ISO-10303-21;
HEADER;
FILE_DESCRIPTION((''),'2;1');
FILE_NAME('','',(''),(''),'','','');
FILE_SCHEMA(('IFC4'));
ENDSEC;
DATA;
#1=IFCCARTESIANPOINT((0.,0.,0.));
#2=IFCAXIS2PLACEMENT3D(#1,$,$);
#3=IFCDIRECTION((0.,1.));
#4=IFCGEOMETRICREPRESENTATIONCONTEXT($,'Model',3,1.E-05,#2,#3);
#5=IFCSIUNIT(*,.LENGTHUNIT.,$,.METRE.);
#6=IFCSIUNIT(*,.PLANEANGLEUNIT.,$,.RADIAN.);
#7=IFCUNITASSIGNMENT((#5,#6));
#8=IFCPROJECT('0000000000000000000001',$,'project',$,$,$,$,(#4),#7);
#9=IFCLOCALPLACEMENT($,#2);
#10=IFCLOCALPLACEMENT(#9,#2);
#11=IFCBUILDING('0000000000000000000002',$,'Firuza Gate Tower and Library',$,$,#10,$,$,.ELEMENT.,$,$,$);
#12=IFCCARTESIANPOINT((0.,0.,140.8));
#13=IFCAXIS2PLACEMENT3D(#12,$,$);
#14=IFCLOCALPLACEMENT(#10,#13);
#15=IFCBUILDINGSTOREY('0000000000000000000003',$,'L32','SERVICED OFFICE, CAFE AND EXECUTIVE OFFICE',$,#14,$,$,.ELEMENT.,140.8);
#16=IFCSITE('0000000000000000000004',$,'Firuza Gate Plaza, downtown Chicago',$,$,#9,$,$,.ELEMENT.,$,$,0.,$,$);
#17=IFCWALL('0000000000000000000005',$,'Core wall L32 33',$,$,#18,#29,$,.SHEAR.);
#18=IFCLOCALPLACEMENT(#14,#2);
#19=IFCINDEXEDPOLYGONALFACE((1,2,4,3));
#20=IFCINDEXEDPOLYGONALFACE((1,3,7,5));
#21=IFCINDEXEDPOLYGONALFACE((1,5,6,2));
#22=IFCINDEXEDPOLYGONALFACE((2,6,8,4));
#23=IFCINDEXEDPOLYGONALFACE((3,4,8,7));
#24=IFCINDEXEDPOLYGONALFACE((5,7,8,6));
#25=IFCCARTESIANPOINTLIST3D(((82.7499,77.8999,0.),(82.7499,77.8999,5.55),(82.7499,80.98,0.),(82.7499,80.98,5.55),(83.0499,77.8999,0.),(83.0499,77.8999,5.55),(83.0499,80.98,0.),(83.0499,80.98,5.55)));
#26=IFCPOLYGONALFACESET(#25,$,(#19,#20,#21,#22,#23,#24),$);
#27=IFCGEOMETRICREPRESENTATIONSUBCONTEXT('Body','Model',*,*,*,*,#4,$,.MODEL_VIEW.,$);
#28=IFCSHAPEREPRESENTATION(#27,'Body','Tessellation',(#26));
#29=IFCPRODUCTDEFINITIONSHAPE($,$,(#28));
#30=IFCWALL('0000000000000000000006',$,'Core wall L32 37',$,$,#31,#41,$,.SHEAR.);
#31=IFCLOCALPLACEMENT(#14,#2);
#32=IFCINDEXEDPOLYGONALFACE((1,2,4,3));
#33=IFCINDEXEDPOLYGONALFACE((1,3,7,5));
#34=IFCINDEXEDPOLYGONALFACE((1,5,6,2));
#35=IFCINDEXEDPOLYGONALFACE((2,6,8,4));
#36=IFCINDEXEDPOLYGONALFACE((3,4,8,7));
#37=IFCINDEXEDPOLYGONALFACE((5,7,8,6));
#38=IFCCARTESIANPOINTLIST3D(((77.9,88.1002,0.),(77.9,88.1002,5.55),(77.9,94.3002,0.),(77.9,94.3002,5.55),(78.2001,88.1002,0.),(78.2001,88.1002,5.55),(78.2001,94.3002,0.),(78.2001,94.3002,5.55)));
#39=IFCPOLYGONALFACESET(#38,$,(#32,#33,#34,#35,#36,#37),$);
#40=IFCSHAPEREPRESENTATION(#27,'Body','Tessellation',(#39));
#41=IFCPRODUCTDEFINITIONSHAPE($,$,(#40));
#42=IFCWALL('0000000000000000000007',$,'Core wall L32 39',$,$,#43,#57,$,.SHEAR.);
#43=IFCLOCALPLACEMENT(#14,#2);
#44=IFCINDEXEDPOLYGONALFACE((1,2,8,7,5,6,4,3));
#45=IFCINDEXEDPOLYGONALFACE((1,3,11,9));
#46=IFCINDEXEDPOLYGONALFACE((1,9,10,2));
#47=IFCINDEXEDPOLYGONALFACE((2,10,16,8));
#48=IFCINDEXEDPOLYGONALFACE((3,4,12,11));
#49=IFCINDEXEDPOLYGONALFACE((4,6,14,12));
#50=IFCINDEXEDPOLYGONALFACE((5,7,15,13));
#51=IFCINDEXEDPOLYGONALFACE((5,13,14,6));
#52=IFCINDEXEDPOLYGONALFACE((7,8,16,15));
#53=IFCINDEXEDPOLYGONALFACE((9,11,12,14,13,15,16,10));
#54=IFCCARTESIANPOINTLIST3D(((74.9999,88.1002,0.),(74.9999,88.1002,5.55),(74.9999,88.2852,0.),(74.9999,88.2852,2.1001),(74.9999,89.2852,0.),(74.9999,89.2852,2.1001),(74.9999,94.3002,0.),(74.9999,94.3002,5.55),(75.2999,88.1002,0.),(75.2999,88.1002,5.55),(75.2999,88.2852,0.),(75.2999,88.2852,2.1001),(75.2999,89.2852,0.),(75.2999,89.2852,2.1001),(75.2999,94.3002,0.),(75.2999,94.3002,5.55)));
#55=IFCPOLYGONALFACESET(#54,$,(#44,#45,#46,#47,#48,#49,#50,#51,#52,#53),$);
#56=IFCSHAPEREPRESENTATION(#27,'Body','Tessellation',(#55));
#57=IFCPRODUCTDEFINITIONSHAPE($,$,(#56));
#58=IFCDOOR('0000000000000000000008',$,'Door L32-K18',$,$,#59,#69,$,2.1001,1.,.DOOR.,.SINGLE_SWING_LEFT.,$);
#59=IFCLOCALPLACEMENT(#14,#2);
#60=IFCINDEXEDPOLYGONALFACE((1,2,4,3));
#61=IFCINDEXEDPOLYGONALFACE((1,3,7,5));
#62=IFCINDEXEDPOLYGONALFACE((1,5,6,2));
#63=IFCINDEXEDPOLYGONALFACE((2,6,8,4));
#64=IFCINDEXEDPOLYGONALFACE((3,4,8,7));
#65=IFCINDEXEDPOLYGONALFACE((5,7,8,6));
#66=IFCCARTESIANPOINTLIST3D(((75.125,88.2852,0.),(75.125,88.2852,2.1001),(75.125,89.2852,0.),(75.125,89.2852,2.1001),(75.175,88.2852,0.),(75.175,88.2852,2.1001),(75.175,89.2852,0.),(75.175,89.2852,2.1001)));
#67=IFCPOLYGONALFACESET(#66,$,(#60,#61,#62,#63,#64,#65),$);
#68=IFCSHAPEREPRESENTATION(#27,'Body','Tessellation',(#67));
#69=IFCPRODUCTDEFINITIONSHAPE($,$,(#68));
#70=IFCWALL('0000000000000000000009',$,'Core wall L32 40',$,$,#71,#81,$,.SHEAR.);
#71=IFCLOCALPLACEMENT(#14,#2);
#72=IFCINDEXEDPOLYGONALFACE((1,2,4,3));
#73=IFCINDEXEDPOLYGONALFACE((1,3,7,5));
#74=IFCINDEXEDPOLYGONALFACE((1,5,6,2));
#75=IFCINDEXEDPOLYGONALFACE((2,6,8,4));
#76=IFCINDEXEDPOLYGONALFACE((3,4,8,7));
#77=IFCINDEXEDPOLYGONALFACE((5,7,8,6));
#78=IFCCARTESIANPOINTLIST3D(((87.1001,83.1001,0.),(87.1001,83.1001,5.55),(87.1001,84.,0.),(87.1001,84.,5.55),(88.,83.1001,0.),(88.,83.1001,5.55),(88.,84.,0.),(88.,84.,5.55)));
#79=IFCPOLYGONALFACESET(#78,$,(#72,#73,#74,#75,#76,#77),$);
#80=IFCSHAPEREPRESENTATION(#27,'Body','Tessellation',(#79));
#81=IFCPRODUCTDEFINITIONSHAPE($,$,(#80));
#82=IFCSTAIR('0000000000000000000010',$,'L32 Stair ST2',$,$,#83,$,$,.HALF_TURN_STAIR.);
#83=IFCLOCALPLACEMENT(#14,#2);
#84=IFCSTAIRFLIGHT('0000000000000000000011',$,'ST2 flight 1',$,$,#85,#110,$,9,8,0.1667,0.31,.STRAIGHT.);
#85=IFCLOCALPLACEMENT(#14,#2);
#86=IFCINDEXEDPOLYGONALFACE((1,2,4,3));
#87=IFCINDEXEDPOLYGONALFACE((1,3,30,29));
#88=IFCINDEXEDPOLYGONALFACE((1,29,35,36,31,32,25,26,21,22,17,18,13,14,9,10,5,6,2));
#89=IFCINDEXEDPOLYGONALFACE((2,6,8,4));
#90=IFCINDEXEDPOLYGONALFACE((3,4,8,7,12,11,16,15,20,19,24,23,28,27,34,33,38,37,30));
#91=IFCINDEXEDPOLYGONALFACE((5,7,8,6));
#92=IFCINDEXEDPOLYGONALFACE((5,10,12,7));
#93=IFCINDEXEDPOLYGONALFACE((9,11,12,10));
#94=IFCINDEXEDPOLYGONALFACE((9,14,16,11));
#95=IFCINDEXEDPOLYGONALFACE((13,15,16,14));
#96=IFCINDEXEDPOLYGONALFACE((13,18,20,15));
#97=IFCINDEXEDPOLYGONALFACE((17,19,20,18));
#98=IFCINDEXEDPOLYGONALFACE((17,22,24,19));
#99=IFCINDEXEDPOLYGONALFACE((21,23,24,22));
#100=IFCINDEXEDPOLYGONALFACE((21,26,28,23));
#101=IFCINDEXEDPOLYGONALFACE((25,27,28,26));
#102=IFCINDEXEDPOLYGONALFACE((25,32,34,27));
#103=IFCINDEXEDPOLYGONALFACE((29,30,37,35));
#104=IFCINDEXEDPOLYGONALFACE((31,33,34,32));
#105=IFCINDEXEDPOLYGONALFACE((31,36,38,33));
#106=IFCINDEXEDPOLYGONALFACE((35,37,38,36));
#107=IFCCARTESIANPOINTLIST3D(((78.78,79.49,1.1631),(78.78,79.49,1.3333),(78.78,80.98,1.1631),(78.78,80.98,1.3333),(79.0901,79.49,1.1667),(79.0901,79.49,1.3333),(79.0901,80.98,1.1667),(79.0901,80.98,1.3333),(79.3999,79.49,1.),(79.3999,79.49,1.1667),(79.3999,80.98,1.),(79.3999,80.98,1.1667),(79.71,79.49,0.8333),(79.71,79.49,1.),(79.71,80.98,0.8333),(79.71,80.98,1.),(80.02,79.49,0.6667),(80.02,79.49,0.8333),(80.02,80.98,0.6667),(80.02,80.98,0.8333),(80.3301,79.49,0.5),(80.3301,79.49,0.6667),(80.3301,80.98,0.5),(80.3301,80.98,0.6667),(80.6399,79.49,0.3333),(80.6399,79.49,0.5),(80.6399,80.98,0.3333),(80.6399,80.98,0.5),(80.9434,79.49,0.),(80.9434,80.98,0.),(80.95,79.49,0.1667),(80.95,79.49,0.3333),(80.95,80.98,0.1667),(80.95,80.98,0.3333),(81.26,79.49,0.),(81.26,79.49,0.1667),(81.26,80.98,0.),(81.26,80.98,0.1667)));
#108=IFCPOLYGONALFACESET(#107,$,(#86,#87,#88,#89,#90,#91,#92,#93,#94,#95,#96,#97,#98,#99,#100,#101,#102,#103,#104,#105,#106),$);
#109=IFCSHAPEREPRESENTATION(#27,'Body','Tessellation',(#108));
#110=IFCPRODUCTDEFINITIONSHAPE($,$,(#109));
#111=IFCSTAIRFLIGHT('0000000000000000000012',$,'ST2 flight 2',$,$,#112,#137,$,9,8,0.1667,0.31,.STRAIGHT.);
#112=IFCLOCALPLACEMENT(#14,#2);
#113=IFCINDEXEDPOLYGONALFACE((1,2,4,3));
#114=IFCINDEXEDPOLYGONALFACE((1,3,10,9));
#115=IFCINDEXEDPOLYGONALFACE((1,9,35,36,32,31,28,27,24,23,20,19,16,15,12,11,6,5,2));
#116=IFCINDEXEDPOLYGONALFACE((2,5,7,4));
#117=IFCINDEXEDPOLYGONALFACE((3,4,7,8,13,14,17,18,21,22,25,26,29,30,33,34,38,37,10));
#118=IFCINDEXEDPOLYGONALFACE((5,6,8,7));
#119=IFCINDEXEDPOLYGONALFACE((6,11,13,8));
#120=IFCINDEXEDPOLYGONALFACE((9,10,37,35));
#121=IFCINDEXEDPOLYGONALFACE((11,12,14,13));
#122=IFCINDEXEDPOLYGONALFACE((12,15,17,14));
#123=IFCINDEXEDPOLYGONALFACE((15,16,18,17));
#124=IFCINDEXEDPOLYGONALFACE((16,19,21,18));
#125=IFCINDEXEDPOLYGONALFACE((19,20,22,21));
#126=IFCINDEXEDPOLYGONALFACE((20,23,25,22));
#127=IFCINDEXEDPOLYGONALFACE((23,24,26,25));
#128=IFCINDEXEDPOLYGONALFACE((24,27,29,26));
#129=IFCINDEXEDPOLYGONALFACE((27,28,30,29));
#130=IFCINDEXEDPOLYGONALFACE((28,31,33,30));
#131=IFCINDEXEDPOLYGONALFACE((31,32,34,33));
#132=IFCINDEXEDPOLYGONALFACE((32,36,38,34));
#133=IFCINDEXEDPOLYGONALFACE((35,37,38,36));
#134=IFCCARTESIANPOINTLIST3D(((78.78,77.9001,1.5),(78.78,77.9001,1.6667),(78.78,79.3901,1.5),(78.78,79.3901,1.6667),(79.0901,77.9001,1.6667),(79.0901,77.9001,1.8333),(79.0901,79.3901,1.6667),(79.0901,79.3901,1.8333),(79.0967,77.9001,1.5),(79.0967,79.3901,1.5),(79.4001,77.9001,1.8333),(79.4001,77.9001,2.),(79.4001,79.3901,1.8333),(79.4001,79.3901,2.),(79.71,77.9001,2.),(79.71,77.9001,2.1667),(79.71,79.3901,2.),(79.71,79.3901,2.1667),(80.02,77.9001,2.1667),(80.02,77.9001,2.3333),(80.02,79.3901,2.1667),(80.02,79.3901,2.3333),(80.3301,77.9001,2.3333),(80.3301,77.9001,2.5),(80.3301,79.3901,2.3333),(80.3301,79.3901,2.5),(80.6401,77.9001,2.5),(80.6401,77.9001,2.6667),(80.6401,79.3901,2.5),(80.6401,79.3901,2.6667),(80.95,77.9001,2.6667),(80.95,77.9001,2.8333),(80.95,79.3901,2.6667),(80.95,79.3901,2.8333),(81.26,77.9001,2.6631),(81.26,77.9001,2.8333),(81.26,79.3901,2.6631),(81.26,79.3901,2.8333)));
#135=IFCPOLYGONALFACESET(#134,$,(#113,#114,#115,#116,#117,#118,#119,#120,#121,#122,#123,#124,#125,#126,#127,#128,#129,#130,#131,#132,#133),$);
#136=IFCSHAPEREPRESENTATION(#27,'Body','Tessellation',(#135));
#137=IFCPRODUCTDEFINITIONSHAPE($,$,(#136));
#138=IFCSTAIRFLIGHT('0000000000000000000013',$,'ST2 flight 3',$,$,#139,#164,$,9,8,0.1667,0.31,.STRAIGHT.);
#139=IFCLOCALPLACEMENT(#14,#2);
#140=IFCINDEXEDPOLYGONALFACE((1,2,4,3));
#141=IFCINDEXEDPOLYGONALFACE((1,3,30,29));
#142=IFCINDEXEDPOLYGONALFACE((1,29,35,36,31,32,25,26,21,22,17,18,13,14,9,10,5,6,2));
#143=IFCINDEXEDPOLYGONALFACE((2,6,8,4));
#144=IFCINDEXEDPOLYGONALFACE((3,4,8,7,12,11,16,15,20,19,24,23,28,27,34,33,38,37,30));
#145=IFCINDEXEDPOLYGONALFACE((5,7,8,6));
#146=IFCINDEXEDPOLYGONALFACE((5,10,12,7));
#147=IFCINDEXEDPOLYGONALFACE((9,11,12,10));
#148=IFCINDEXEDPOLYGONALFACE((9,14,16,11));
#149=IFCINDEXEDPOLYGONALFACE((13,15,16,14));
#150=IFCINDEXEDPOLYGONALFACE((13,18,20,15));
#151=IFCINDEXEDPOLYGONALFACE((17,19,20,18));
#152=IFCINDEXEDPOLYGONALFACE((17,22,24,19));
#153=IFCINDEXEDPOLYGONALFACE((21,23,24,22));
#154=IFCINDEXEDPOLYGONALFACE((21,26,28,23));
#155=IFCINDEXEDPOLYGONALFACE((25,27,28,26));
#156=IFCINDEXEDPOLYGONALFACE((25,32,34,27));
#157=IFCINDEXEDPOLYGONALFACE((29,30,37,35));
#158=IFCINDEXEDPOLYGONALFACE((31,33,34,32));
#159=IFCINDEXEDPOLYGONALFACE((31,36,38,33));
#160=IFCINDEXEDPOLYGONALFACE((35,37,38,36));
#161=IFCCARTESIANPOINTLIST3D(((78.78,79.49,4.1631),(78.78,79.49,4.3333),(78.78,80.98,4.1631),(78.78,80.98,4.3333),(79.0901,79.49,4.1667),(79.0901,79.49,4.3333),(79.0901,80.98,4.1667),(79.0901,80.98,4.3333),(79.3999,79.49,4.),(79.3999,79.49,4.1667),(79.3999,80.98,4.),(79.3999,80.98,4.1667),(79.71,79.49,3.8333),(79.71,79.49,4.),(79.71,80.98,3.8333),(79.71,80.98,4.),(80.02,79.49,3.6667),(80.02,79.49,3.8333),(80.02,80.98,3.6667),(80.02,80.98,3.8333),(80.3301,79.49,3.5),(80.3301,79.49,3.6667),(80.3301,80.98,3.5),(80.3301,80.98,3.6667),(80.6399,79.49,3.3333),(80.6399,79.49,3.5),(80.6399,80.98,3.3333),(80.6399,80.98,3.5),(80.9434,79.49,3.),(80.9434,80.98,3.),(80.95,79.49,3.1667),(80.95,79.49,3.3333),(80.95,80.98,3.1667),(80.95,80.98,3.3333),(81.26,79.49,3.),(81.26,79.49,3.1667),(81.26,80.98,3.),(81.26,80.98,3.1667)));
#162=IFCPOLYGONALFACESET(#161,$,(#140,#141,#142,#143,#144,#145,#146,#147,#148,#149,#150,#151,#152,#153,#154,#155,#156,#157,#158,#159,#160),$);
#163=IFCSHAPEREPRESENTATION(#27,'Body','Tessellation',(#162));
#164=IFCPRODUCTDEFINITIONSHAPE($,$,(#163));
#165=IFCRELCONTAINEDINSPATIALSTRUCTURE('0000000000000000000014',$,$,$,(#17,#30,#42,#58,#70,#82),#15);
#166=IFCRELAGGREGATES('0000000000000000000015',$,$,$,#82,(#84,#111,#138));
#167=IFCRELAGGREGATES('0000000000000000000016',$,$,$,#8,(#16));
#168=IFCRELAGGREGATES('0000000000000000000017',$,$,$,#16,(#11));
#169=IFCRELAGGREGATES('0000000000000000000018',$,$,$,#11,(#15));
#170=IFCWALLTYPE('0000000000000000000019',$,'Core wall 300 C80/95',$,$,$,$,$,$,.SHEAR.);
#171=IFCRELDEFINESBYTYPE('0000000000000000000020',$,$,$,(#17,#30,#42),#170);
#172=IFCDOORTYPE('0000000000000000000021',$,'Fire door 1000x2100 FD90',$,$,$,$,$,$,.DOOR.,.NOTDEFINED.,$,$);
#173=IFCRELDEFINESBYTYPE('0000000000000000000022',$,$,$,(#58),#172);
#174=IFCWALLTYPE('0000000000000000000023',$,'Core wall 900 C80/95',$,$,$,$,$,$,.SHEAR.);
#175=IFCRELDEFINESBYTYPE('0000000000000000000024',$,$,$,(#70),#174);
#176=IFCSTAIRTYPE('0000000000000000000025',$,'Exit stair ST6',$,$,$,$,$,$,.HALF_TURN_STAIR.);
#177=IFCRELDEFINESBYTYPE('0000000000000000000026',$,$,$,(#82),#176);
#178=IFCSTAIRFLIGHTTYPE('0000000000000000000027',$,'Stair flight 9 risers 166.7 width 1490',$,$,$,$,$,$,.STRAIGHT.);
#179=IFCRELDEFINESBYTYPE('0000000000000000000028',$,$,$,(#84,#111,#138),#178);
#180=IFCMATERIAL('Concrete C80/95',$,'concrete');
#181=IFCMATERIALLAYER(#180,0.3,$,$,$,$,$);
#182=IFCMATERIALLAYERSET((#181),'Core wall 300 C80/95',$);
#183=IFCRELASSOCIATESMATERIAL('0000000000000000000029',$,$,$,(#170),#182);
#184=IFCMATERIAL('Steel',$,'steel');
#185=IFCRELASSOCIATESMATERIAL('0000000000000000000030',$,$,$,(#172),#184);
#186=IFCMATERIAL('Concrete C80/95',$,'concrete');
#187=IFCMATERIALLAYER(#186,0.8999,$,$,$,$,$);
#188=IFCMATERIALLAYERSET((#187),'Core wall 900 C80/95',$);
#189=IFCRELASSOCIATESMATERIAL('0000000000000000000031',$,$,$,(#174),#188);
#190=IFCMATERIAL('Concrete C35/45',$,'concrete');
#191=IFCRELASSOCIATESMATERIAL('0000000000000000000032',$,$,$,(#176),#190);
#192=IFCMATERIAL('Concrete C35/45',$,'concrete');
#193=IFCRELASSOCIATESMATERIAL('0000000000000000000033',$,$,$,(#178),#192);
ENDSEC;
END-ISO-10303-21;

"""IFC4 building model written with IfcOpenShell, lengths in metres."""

from ifc_helpers import new_model, si_unit, direction, frame, frame_2d, origin, place, context, subcontext, project, spatial, polyline, rectangle, outline, extrude, material, layer, layer_set, type_object, element, fill, aggregate, save


model = new_model("IFC4")

# Units and contexts
model_context = context("Model", 3, precision=1e-05, world=origin(), true_north=direction((0.0, 1.0)))
body_context = subcontext(model_context, "Body", "Model", "MODEL_VIEW")
ifc_project = project(units=[si_unit("LENGTHUNIT", "METRE"), si_unit("PLANEANGLEUNIT", "RADIAN")], contexts=[model_context])

# Site, building, storey
site_placement = place(None, origin())
site = spatial("IfcSite", under=ifc_project, at=site_placement, Name="Firuza Gate Plaza, downtown Chicago", CompositionType="ELEMENT", RefElevation=0.0)
building_placement = place(site_placement, origin())
building = spatial("IfcBuilding", under=site, at=building_placement, Name="Firuza Gate Tower and Library", CompositionType="ELEMENT")
storey_placement = place(building_placement, frame((0.0, 0.0, 140.8)))
storey = spatial("IfcBuildingStorey", under=building, at=storey_placement, Name="L32", Description="SERVICED OFFICE, CAFE AND EXECUTIVE OFFICE", CompositionType="ELEMENT", Elevation=140.8)

# Shared definitions
ifc_material_1 = material(Name="Concrete C80/95", Category="concrete")
ifc_layer_1 = layer(ifc_material_1, 0.3)
ifc_layer_set_1 = layer_set([ifc_layer_1], Name="Core wall 300 C80/95")
wall_type_1 = type_object("IfcWallType", Name="Core wall 300 C80/95", PredefinedType="SHEAR", material=ifc_layer_set_1)

# Shared definitions
ifc_material_2 = material(Name="Steel", Category="steel")
door_type = type_object("IfcDoorType", Name="Fire door 1000x2100 FD90", OperationType="NOTDEFINED", PredefinedType="DOOR", material=ifc_material_2)

# Walls
for number, where, z_axis, x_axis, name in (
    (1, (82.8999, 77.8999, 0.0), (0.0, 0.0, 1.0), (0.0, 1.0, 0.0), "Core wall L32 33"),
):
    element("IfcWall", number, at=place(storey_placement, frame(where, z_axis=z_axis, x_axis=x_axis)), inside=storey, type_object=wall_type_1, Name=name, PredefinedType="SHEAR", context=body_context, shape_type="SweptSolid", body=[
        extrude(rectangle(XDim=3.0801, YDim=0.3, at=frame_2d((1.54, 0.0))), origin(), (0.0, 0.0, 1.0), 5.55),
    ])
wall_1_placement = place(storey_placement, frame((78.05, 88.1001, 0.0), z_axis=(0.0, 0.0, 1.0), x_axis=(0.0, 1.0, 0.0)))
element("IfcWall", 2, at=wall_1_placement, inside=storey, type_object=wall_type_1, Name="Core wall L32 37", PredefinedType="SHEAR", context=body_context, shape_type="SweptSolid", body=[
    extrude(rectangle(XDim=6.2, YDim=0.3, at=frame_2d((3.1001, 0.0))), origin(), (0.0, 0.0, 1.0), 5.55),
])

# Wall, opening, door
wall_2_placement = place(storey_placement, frame((75.1499, 88.1001, 0.0), z_axis=(0.0, 0.0, 1.0), x_axis=(0.0, 1.0, 0.0)))
wall_2 = element("IfcWall", 3, at=wall_2_placement, inside=storey, type_object=wall_type_1, Name="Core wall L32 39", PredefinedType="SHEAR", context=body_context, shape_type="SweptSolid", body=[
    extrude(rectangle(XDim=6.2, YDim=0.3, at=frame_2d((3.1001, 0.0))), origin(), (0.0, 0.0, 1.0), 5.55),
])
opening_1_placement = place(wall_2_placement, frame((0.1851, 0.0, 0.0)))
opening_1 = element("IfcOpeningElement", 4, at=opening_1_placement, cuts=wall_2, PredefinedType="OPENING", context=body_context, shape_type="SweptSolid", body=[
    extrude(rectangle(XDim=1.0, YDim=2.1001, at=frame_2d((0.5, 1.05))), frame((0.0, 0.1602, 0.0), z_axis=(0.0, -1.0, 0.0), x_axis=(1.0, 0.0, 0.0)), (0.0, 0.0, 1.0), 0.3201),
])
door_1_placement = place(opening_1_placement, origin())
door_1 = element("IfcDoor", 5, at=door_1_placement, inside=storey, type_object=door_type, Name="Door L32-K18", OperationType="SINGLE_SWING_LEFT", OverallHeight=2.1001, OverallWidth=1.0, PredefinedType="DOOR", context=body_context, shape_type="SweptSolid", body=[
    extrude(rectangle(XDim=1.0, YDim=2.1001, at=frame_2d((0.5, 1.05))), frame((0.0, 0.0249, 0.0), z_axis=(0.0, -1.0, 0.0), x_axis=(1.0, 0.0, 0.0)), (0.0, 0.0, 1.0), 0.05),
])
fill(opening_1, door_1)

# Wall
ifc_material_3 = material(Name="Concrete C80/95", Category="concrete")
ifc_layer_2 = layer(ifc_material_3, 0.8999)
ifc_layer_set_2 = layer_set([ifc_layer_2], Name="Core wall 900 C80/95")
wall_type_2 = type_object("IfcWallType", Name="Core wall 900 C80/95", PredefinedType="SHEAR", material=ifc_layer_set_2)
wall_3_placement = place(storey_placement, frame((87.1001, 83.55, 0.0), z_axis=(0.0, 0.0, 1.0), x_axis=(1.0, 0.0, 0.0)))
element("IfcWall", 6, at=wall_3_placement, inside=storey, type_object=wall_type_2, Name="Core wall L32 40", PredefinedType="SHEAR", context=body_context, shape_type="SweptSolid", body=[
    extrude(rectangle(XDim=0.8999, YDim=0.8999, at=frame_2d((0.45, 0.0))), origin(), (0.0, 0.0, 1.0), 5.55),
])

# Stair, stair flights
ifc_material_4 = material(Name="Concrete C35/45", Category="concrete")
stair_type = type_object("IfcStairType", Name="Exit stair ST6", PredefinedType="HALF_TURN_STAIR", material=ifc_material_4)
stair_placement = place(storey_placement, origin())
stair = element("IfcStair", 7, at=stair_placement, inside=storey, type_object=stair_type, Name="L32 Stair ST2", PredefinedType="HALF_TURN_STAIR")
ifc_material_5 = material(Name="Concrete C35/45", Category="concrete")
stair_flight_type = type_object("IfcStairFlightType", Name="Stair flight 9 risers 166.7 width 1490", PredefinedType="STRAIGHT", material=ifc_material_5)
stair_flight_1_placement = place(storey_placement, frame((81.26, 80.2351, 0.0), z_axis=(0.0, 0.0, 1.0), x_axis=(-1.0, 0.0, 0.0)))
stair_flight_1 = element("IfcStairFlight", 8, at=stair_flight_1_placement, type_object=stair_flight_type, Name="ST2 flight 1", NumberOfRisers=9, NumberOfTreads=8, PredefinedType="STRAIGHT", RiserHeight=0.1667, TreadLength=0.31, context=body_context, shape_type="SweptSolid", body=[
    extrude(outline(polyline([(0.0, 0.0), (0.0, 0.1667), (0.3101, 0.1667), (0.3101, 0.3333), (0.6201, 0.3333), (0.6201, 0.5), (0.9299, 0.5), (0.9299, 0.6667), (1.24, 0.6667), (1.24, 0.8333), (1.55, 0.8333), (1.55, 1.0), (1.8601, 1.0), (1.8601, 1.1667), (2.1699, 1.1667), (2.1699, 1.3333), (2.48, 1.3333), (2.48, 1.5), (2.48, 1.1631), (0.3167, 0.0), (0.0, 0.0)])), frame((0.0, 0.7451, 0.0), z_axis=(0.0, -1.0, 0.0), x_axis=(1.0, 0.0, 0.0)), (0.0, 0.0, 1.0), 1.49),
])
stair_flight_2_placement = place(storey_placement, frame((78.78, 78.645, 1.5), z_axis=(0.0, 0.0, 1.0), x_axis=(1.0, 0.0, 0.0)))
stair_flight_2 = element("IfcStairFlight", 9, at=stair_flight_2_placement, type_object=stair_flight_type, Name="ST2 flight 2", NumberOfRisers=9, NumberOfTreads=8, PredefinedType="STRAIGHT", RiserHeight=0.1667, TreadLength=0.31, context=body_context, shape_type="SweptSolid", body=[
    extrude(outline(polyline([(0.0, 0.0), (0.0, 0.1667), (0.3101, 0.1667), (0.3101, 0.3333), (0.6201, 0.3333), (0.6201, 0.5), (0.9299, 0.5), (0.9299, 0.6667), (1.24, 0.6667), (1.24, 0.8333), (1.55, 0.8333), (1.55, 1.0), (1.8601, 1.0), (1.8601, 1.1667), (2.1699, 1.1667), (2.1699, 1.3333), (2.48, 1.3333), (2.48, 1.5), (2.48, 1.1631), (0.3167, 0.0), (0.0, 0.0)])), frame((0.0, 0.7451, 0.0), z_axis=(0.0, -1.0, 0.0), x_axis=(1.0, 0.0, 0.0)), (0.0, 0.0, 1.0), 1.49),
])
stair_flight_3_placement = place(storey_placement, frame((81.26, 80.2351, 3.0), z_axis=(0.0, 0.0, 1.0), x_axis=(-1.0, 0.0, 0.0)))
stair_flight_3 = element("IfcStairFlight", 10, at=stair_flight_3_placement, type_object=stair_flight_type, Name="ST2 flight 3", NumberOfRisers=9, NumberOfTreads=8, PredefinedType="STRAIGHT", RiserHeight=0.1667, TreadLength=0.31, context=body_context, shape_type="SweptSolid", body=[
    extrude(outline(polyline([(0.0, 0.0), (0.0, 0.1667), (0.3101, 0.1667), (0.3101, 0.3333), (0.6201, 0.3333), (0.6201, 0.5), (0.9299, 0.5), (0.9299, 0.6667), (1.24, 0.6667), (1.24, 0.8333), (1.55, 0.8333), (1.55, 1.0), (1.8601, 1.0), (1.8601, 1.1667), (2.1699, 1.1667), (2.1699, 1.3333), (2.48, 1.3333), (2.48, 1.5), (2.48, 1.1631), (0.3167, 0.0), (0.0, 0.0)])), frame((0.0, 0.7451, 0.0), z_axis=(0.0, -1.0, 0.0), x_axis=(1.0, 0.0, 0.0)), (0.0, 0.0, 1.0), 1.49),
])
aggregate(stair, [stair_flight_1, stair_flight_2, stair_flight_3])

save(model, "model.ifc")
